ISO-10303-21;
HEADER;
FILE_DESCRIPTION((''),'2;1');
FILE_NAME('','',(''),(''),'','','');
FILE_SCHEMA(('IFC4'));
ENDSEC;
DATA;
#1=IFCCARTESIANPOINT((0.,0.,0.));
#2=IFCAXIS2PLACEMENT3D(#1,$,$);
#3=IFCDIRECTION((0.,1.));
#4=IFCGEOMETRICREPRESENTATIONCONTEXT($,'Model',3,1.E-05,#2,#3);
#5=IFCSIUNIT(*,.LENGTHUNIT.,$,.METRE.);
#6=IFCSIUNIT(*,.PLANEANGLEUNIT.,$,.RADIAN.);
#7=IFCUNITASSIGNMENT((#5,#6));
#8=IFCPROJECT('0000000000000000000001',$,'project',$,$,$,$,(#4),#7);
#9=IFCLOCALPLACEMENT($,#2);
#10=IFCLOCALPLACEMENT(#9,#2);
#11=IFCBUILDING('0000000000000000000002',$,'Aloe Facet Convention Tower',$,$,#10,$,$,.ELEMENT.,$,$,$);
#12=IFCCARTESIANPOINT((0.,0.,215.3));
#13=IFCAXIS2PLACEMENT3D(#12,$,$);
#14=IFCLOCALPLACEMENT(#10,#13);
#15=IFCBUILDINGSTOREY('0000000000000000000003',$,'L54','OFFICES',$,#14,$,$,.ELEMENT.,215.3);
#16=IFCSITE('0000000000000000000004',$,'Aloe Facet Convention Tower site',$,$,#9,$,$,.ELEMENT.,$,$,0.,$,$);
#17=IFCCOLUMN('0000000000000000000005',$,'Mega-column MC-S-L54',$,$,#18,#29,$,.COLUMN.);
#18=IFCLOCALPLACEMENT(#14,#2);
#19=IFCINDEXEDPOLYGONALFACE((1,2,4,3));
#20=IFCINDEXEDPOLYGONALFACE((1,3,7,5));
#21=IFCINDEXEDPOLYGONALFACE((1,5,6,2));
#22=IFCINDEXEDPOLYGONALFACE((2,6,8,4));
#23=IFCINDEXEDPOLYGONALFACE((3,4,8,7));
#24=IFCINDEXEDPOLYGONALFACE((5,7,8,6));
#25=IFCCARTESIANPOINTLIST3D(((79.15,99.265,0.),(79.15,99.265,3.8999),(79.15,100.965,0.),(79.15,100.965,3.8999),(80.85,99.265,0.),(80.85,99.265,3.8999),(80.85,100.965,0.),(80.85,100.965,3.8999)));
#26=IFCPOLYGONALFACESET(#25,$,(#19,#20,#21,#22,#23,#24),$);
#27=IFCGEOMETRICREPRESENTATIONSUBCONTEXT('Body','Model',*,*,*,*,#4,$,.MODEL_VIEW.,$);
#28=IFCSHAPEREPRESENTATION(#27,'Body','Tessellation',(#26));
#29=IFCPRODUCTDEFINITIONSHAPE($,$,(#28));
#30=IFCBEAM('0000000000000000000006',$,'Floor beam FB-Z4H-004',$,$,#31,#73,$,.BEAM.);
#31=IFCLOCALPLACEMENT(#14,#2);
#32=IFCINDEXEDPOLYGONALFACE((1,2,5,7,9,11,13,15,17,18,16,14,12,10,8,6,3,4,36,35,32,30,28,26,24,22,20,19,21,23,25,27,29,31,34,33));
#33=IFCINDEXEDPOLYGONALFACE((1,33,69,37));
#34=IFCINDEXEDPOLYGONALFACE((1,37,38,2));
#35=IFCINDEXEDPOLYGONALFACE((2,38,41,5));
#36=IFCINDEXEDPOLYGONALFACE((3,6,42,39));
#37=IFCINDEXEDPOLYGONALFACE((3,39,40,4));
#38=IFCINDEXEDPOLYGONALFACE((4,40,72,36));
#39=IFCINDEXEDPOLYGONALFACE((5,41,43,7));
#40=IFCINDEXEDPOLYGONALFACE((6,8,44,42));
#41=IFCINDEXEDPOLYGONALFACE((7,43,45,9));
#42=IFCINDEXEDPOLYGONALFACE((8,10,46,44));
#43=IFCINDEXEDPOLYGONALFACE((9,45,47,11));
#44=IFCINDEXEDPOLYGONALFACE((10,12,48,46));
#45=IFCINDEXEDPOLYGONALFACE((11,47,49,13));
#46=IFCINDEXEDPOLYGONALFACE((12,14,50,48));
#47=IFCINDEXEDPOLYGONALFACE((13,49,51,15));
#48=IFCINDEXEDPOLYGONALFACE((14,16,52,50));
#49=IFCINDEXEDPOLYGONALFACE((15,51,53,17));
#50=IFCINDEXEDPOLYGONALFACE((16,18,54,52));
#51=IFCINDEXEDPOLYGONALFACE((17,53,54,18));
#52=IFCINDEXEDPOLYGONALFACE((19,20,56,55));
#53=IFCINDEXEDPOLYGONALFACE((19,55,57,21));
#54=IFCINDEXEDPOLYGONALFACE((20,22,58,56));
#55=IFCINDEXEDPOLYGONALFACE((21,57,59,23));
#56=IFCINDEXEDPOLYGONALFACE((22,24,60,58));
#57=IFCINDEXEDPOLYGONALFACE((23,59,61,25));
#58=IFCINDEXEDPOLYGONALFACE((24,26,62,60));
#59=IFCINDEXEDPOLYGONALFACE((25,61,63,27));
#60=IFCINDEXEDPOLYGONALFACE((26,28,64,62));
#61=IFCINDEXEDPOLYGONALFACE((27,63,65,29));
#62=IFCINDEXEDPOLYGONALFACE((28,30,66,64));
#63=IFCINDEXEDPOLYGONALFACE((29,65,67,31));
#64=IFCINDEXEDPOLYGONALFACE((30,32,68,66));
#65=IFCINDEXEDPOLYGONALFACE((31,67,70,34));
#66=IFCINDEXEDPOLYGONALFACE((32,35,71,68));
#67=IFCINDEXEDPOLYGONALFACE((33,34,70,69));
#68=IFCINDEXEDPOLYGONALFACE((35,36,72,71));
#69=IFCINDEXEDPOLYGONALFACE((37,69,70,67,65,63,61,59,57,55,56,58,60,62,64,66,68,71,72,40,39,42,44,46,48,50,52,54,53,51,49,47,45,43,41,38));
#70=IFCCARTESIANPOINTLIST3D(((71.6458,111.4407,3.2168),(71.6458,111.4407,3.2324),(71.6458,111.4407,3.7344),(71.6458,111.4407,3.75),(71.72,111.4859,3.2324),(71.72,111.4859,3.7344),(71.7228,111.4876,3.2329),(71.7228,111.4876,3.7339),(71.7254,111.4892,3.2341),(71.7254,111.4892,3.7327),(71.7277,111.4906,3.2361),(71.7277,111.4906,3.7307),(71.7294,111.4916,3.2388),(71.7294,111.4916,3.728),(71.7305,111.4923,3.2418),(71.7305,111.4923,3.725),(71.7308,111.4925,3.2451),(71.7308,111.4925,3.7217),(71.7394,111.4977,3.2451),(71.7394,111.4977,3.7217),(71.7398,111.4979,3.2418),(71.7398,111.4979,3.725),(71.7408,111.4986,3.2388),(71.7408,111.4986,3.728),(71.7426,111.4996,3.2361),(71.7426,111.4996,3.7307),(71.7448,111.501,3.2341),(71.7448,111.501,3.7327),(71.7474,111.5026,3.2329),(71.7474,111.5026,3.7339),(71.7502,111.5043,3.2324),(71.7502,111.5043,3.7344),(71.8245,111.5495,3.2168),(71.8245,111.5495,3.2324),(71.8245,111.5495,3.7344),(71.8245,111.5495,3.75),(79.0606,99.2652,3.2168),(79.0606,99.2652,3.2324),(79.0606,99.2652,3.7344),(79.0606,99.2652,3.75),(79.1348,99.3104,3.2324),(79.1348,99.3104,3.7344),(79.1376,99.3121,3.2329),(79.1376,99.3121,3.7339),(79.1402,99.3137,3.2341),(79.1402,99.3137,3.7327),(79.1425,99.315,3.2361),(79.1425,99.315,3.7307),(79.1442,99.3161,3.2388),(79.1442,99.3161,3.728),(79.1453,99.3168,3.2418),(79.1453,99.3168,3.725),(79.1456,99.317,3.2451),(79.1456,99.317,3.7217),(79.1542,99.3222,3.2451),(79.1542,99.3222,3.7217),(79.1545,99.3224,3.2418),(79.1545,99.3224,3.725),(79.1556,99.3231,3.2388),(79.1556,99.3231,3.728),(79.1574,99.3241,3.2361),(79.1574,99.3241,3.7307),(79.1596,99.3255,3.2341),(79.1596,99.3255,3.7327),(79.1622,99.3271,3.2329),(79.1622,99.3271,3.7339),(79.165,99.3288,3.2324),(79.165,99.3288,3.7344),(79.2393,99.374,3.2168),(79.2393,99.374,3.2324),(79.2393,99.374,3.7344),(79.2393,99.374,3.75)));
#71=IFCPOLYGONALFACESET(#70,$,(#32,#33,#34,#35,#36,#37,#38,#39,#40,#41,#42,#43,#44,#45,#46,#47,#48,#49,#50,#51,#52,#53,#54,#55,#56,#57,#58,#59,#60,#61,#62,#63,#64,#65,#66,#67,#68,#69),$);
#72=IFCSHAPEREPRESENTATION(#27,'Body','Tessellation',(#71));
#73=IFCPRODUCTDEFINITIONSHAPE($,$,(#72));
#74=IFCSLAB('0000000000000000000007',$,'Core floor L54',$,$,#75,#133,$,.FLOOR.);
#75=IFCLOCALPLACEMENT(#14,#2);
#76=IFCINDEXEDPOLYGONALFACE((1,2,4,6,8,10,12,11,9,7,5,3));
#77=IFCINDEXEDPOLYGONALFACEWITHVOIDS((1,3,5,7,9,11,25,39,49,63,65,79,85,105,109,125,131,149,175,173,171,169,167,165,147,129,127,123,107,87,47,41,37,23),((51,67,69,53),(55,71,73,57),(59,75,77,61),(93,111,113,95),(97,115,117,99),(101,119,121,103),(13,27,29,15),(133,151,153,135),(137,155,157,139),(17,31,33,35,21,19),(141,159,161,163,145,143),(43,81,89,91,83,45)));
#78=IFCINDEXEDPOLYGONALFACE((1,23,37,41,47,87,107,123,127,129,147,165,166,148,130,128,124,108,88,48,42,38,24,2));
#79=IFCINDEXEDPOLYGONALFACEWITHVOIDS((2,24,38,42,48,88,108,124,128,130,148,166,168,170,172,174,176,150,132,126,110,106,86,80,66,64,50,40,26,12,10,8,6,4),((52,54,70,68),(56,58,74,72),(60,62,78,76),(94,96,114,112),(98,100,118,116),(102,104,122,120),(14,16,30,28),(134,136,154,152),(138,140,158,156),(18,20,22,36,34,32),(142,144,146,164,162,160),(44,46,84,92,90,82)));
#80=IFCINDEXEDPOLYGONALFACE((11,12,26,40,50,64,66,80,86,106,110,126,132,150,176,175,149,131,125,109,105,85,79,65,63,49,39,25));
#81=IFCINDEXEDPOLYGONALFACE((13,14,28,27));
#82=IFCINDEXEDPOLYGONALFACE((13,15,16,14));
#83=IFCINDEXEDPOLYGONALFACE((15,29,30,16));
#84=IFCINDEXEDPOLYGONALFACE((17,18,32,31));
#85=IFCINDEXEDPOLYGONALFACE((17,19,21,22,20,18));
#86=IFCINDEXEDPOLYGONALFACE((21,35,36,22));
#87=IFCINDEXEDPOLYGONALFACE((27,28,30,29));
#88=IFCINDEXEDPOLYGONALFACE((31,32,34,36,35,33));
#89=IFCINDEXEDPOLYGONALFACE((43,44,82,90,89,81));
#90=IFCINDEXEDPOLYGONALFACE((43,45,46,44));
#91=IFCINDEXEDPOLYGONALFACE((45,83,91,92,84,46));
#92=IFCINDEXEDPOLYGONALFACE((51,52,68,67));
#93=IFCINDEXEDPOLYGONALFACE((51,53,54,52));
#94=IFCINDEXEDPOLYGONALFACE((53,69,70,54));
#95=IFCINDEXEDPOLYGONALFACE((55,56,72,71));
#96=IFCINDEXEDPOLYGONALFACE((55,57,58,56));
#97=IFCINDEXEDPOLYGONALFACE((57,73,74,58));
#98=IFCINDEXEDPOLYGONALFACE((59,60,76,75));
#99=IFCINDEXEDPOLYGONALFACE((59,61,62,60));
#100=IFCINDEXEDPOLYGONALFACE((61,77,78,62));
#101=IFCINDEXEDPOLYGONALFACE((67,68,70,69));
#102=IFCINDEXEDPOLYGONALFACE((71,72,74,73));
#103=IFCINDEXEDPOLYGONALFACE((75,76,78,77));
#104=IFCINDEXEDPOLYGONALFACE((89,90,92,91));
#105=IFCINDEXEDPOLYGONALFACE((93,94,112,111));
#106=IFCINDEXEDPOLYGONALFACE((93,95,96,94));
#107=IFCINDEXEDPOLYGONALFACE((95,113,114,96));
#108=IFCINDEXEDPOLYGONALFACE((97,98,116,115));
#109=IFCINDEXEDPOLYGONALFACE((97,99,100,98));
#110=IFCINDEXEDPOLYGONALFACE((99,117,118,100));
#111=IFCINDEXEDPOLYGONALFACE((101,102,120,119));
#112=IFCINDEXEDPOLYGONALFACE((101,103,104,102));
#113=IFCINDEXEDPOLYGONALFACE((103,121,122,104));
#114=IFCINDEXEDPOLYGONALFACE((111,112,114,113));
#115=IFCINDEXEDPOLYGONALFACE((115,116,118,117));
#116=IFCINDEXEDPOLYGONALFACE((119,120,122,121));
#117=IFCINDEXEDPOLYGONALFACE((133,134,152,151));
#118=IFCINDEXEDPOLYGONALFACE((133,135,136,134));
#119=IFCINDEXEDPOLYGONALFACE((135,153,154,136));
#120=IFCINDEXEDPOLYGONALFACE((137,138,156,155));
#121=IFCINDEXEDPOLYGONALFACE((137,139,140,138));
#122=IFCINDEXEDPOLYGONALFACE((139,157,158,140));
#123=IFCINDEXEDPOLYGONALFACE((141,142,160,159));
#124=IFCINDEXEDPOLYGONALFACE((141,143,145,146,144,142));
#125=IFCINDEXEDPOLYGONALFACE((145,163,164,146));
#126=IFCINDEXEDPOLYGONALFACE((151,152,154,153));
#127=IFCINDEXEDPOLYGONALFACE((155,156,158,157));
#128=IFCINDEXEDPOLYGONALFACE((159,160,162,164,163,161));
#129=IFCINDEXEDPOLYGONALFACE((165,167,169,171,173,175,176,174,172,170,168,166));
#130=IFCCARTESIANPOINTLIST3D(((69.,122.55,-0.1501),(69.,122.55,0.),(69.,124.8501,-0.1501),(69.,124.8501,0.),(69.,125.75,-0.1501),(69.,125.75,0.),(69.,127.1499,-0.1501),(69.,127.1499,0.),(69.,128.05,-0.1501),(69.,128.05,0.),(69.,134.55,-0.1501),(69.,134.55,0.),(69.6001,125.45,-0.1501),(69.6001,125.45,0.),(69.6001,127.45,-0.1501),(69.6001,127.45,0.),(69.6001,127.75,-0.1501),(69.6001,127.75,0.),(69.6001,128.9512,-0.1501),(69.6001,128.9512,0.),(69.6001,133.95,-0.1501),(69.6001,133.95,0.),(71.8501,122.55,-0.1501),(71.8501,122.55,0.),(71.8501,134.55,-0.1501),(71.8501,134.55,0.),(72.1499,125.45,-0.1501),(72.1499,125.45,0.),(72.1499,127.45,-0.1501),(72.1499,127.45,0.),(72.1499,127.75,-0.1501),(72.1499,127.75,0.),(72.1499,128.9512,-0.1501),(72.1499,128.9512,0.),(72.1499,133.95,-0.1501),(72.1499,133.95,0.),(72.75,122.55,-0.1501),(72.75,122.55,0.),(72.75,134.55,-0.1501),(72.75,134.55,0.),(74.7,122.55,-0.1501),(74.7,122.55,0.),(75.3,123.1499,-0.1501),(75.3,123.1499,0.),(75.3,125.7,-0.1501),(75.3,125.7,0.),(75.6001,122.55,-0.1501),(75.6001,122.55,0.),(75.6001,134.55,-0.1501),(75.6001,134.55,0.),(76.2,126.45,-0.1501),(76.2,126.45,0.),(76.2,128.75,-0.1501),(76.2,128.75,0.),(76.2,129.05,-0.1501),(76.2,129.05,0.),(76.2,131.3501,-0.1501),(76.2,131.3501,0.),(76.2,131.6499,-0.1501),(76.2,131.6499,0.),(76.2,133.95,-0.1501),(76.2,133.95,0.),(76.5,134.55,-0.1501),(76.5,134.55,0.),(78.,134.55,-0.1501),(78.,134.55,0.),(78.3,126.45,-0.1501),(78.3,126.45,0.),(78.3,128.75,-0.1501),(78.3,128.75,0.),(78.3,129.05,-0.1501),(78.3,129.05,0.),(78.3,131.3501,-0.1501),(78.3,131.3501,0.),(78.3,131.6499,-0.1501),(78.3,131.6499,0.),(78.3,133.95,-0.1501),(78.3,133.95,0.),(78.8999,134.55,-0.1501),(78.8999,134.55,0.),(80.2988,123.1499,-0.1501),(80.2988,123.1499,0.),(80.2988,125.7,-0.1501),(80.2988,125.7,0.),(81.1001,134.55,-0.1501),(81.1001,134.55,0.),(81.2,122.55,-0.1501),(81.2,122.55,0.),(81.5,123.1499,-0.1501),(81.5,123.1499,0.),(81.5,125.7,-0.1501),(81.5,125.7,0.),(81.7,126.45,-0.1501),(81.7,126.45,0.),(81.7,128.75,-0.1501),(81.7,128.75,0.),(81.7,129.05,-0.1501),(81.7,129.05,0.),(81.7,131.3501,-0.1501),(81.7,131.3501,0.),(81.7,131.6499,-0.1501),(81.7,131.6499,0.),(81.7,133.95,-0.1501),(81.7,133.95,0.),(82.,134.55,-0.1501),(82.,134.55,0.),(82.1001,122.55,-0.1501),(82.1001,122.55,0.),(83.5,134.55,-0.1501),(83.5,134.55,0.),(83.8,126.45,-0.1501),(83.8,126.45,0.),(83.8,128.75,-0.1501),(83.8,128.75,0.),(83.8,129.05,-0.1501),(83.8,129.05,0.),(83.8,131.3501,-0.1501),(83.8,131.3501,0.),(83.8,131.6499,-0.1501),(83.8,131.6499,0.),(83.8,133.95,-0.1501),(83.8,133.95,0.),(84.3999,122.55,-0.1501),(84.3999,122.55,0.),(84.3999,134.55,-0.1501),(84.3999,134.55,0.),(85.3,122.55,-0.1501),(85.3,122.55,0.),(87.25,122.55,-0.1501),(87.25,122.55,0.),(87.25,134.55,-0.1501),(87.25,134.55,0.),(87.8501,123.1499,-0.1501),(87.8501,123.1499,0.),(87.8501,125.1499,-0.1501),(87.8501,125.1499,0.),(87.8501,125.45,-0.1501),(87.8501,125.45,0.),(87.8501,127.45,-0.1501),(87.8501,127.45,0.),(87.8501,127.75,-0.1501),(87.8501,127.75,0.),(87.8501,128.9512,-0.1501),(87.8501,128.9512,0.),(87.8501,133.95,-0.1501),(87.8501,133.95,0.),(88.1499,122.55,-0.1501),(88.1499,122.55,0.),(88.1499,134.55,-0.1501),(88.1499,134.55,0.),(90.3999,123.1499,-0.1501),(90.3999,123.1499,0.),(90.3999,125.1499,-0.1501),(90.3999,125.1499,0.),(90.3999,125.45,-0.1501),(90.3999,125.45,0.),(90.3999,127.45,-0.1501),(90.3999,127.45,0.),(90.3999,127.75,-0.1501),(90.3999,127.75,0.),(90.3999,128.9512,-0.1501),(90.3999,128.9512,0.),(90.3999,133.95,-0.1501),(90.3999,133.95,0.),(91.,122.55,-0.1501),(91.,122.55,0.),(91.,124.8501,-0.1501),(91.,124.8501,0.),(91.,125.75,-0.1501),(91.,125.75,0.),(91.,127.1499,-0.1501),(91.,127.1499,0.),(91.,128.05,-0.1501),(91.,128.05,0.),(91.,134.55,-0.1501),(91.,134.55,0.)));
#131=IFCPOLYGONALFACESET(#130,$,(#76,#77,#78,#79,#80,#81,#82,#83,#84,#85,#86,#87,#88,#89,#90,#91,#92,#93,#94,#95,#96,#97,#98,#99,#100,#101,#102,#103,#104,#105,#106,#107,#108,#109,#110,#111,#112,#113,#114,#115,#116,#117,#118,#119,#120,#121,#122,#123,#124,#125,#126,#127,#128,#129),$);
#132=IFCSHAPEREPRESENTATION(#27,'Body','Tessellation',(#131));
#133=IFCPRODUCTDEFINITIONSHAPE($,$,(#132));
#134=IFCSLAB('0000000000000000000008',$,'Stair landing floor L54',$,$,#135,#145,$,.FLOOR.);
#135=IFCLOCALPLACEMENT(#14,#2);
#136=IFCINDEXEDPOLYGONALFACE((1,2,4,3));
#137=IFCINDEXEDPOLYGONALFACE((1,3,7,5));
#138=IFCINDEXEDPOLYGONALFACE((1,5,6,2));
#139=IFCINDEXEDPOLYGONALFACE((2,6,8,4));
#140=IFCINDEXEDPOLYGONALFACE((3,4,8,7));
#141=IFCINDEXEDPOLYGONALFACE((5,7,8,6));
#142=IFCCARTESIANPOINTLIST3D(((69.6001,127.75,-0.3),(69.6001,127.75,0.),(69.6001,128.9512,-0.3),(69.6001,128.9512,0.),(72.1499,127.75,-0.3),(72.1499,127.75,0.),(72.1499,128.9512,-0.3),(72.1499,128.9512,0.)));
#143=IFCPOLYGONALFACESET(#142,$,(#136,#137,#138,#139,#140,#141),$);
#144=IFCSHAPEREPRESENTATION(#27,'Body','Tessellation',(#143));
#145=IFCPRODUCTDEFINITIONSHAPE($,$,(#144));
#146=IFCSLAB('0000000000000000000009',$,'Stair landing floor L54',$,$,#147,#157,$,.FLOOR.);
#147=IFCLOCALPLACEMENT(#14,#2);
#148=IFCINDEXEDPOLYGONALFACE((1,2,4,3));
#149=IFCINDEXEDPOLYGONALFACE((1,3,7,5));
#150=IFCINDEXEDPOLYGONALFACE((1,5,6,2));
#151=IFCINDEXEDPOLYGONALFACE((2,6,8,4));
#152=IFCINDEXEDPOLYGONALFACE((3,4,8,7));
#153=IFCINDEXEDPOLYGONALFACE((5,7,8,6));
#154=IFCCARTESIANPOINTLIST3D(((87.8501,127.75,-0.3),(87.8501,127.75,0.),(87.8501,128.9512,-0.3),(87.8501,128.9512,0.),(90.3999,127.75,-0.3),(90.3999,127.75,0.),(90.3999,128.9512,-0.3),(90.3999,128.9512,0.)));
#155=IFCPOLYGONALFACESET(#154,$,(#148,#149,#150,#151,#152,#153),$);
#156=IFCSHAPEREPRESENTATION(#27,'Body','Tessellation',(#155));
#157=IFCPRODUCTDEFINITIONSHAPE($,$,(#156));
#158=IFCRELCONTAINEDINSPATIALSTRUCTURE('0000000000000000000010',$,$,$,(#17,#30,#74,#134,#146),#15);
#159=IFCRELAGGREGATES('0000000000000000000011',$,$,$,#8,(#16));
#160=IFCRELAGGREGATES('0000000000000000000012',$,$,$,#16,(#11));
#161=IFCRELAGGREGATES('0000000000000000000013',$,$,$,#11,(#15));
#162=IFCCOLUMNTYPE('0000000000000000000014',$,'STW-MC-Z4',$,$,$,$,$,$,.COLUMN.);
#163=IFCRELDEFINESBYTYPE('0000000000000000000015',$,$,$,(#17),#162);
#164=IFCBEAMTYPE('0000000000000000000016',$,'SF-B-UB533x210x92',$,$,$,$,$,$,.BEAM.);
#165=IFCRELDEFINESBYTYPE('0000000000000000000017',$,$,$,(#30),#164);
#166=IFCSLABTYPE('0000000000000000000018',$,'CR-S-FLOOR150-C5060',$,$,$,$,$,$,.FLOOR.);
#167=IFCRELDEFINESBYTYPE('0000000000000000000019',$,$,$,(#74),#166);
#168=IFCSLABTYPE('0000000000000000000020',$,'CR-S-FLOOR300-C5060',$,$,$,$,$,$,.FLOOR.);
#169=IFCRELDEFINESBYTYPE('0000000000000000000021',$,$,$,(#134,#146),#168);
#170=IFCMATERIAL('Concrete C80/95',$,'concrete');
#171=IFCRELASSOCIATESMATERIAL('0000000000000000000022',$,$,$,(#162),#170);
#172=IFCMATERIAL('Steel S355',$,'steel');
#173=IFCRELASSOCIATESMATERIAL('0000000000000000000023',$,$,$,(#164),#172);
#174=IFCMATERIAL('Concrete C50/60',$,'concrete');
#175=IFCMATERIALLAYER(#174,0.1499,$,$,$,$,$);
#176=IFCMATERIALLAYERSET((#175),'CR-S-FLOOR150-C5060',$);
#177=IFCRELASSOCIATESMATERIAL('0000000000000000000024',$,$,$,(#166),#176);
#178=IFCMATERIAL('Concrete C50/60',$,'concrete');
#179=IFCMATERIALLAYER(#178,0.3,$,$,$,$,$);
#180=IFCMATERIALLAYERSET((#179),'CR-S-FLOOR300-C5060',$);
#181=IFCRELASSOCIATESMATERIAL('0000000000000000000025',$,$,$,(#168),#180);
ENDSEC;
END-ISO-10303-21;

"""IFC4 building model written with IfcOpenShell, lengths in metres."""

from ifc_helpers import new_model, si_unit, direction, frame, origin, origin_2d, place, context, subcontext, project, spatial, polyline, rectangle, i_section, outline, extrude, material, layer, layer_set, material_profile, profile_set, type_object, element, save


model = new_model("IFC4")

# Units and contexts
model_context = context("Model", 3, precision=1e-05, world=origin(), true_north=direction((0.0, 1.0)))
body_context = subcontext(model_context, "Body", "Model", "MODEL_VIEW")
ifc_project = project(units=[si_unit("LENGTHUNIT", "METRE"), si_unit("PLANEANGLEUNIT", "RADIAN")], contexts=[model_context])

# Site, building, storey
site_placement = place(None, origin())
site = spatial("IfcSite", under=ifc_project, at=site_placement, Name="Aloe Facet Convention Tower site", CompositionType="ELEMENT", RefElevation=0.0)
building_placement = place(site_placement, origin())
building = spatial("IfcBuilding", under=site, at=building_placement, Name="Aloe Facet Convention Tower", CompositionType="ELEMENT")
storey_placement = place(building_placement, frame((0.0, 0.0, 215.3)))
storey = spatial("IfcBuildingStorey", under=building, at=storey_placement, Name="L54", Description="OFFICES", CompositionType="ELEMENT", Elevation=215.3)

# Column
ifc_material_1 = material(Name="Concrete C80/95", Category="concrete")
ifc_material_profile_1 = material_profile(ifc_material_1, rectangle(XDim=1.7, YDim=1.7, at=origin_2d()), Name="STW-MC-Z4")
ifc_profile_set_1 = profile_set([ifc_material_profile_1], Name="Concrete C80/95")
column_type = type_object("IfcColumnType", Name="STW-MC-Z4", PredefinedType="COLUMN", material=ifc_profile_set_1)
column_placement = place(storey_placement, frame((80.0, 100.115, 0.0), z_axis=(0.0, 0.0, 1.0), x_axis=(1.0, 0.0, 0.0)))
element("IfcColumn", 1, at=column_placement, inside=storey, type_object=column_type, Name="Mega-column MC-S-L54", PredefinedType="COLUMN", context=body_context, shape_type="SweptSolid", body=[
    extrude(rectangle(XDim=1.7, YDim=1.7, at=origin_2d()), origin(), (0.0, 0.0, 1.0), 3.8999),
])

# Beam
ifc_material_2 = material(Name="Steel S355", Category="steel")
ifc_material_profile_2 = material_profile(ifc_material_2, i_section(OverallWidth=0.2092, OverallDepth=0.5332, WebThickness=0.01, FlangeThickness=0.0156, FilletRadius=0.0127, at=origin_2d()), Name="UB 533x210x92")
ifc_profile_set_2 = profile_set([ifc_material_profile_2], Name="Steel S355")
beam_type = type_object("IfcBeamType", Name="SF-B-UB533x210x92", PredefinedType="BEAM", material=ifc_profile_set_2)
beam_placement = place(storey_placement, frame((79.1499, 99.3196, 3.4834), z_axis=(-0.520131, 0.854086, 0.0), x_axis=(-0.854086, -0.520131, 0.0)))
element("IfcBeam", 2, at=beam_placement, inside=storey, type_object=beam_type, Name="Floor beam FB-Z4H-004", PredefinedType="BEAM", context=body_context, shape_type="SweptSolid", body=[
    extrude(i_section(OverallWidth=0.2092, OverallDepth=0.5332, WebThickness=0.01, FlangeThickness=0.0156, FilletRadius=0.0127, at=origin_2d()), origin(), (0.0, 0.0, 1.0), 14.2556),
])

# Slabs
ifc_material_3 = material(Name="Concrete C50/60", Category="concrete")
ifc_layer_1 = layer(ifc_material_3, 0.1499)
ifc_layer_set_1 = layer_set([ifc_layer_1], Name="CR-S-FLOOR150-C5060")
slab_type_1 = type_object("IfcSlabType", Name="CR-S-FLOOR150-C5060", PredefinedType="FLOOR", material=ifc_layer_set_1)
slab_1_placement = place(storey_placement, frame((0.0, 0.0, -0.1501)))
element("IfcSlab", 3, at=slab_1_placement, inside=storey, type_object=slab_type_1, Name="Core floor L54", PredefinedType="FLOOR", context=body_context, shape_type="SweptSolid", body=[
    extrude(outline(polyline([(71.8501, 134.55), (72.75, 134.55), (75.6001, 134.55), (76.5, 134.55), (78.0, 134.55), (78.8999, 134.55), (81.1001, 134.55), (82.0, 134.55), (83.5, 134.55), (84.3999, 134.55), (87.25, 134.55), (88.1499, 134.55), (91.0, 134.55), (91.0, 128.05), (91.0, 127.1499), (91.0, 125.75), (91.0, 124.8501), (91.0, 122.55), (88.1499, 122.55), (87.25, 122.55), (85.3, 122.55), (84.3999, 122.55), (82.1001, 122.55), (81.2, 122.55), (75.6001, 122.55), (74.7, 122.55), (72.75, 122.55), (71.8501, 122.55), (69.0, 122.55), (69.0, 124.8501), (69.0, 125.75), (69.0, 127.1499), (69.0, 128.05), (69.0, 134.55), (71.8501, 134.55)]), holes=[polyline([(80.2988, 123.1499), (81.5, 123.1499), (81.5, 125.7), (80.2988, 125.7), (75.3, 125.7), (75.3, 123.1499), (80.2988, 123.1499)]), polyline([(69.6001, 125.45), (72.1499, 125.45), (72.1499, 127.45), (69.6001, 127.45), (69.6001, 125.45)]), polyline([(76.2, 126.45), (78.3, 126.45), (78.3, 128.75), (76.2, 128.75), (76.2, 126.45)]), polyline([(78.3, 129.05), (78.3, 131.3501), (76.2, 131.3501), (76.2, 129.05), (78.3, 129.05)]), polyline([(69.6001, 133.95), (69.6001, 128.9512), (69.6001, 127.75), (72.1499, 127.75), (72.1499, 128.9512), (72.1499, 133.95), (69.6001, 133.95)]), polyline([(76.2, 131.6499), (78.3, 131.6499), (78.3, 133.95), (76.2, 133.95), (76.2, 131.6499)]), polyline([(90.3999, 123.1499), (90.3999, 125.1499), (87.8501, 125.1499), (87.8501, 123.1499), (90.3999, 123.1499)]), polyline([(87.8501, 125.45), (90.3999, 125.45), (90.3999, 127.45), (87.8501, 127.45), (87.8501, 125.45)]), polyline([(81.7, 126.45), (83.8, 126.45), (83.8, 128.75), (81.7, 128.75), (81.7, 126.45)]), polyline([(83.8, 129.05), (83.8, 131.3501), (81.7, 131.3501), (81.7, 129.05), (83.8, 129.05)]), polyline([(87.8501, 133.95), (87.8501, 128.9512), (87.8501, 127.75), (90.3999, 127.75), (90.3999, 128.9512), (90.3999, 133.95), (87.8501, 133.95)]), polyline([(81.7, 131.6499), (83.8, 131.6499), (83.8, 133.95), (81.7, 133.95), (81.7, 131.6499)])]), origin(), (0.0, 0.0, 1.0), 0.1501),
])
ifc_material_4 = material(Name="Concrete C50/60", Category="concrete")
ifc_layer_2 = layer(ifc_material_4, 0.3)
ifc_layer_set_2 = layer_set([ifc_layer_2], Name="CR-S-FLOOR300-C5060")
slab_type_2 = type_object("IfcSlabType", Name="CR-S-FLOOR300-C5060", PredefinedType="FLOOR", material=ifc_layer_set_2)
slab_2_placement = place(storey_placement, frame((0.0, 0.0, -0.3)))
element("IfcSlab", 4, at=slab_2_placement, inside=storey, type_object=slab_type_2, Name="Stair landing floor L54", PredefinedType="FLOOR", context=body_context, shape_type="SweptSolid", body=[
    extrude(outline(polyline([(72.1499, 127.75), (72.1499, 128.9512), (69.6001, 128.9512), (69.6001, 127.75), (72.1499, 127.75)])), origin(), (0.0, 0.0, 1.0), 0.3),
])
slab_3_placement = place(storey_placement, frame((0.0, 0.0, -0.3)))
element("IfcSlab", 5, at=slab_3_placement, inside=storey, type_object=slab_type_2, Name="Stair landing floor L54", PredefinedType="FLOOR", context=body_context, shape_type="SweptSolid", body=[
    extrude(outline(polyline([(90.3999, 127.75), (90.3999, 128.9512), (87.8501, 128.9512), (87.8501, 127.75), (90.3999, 127.75)])), origin(), (0.0, 0.0, 1.0), 0.3),
])

save(model, "model.ifc")
